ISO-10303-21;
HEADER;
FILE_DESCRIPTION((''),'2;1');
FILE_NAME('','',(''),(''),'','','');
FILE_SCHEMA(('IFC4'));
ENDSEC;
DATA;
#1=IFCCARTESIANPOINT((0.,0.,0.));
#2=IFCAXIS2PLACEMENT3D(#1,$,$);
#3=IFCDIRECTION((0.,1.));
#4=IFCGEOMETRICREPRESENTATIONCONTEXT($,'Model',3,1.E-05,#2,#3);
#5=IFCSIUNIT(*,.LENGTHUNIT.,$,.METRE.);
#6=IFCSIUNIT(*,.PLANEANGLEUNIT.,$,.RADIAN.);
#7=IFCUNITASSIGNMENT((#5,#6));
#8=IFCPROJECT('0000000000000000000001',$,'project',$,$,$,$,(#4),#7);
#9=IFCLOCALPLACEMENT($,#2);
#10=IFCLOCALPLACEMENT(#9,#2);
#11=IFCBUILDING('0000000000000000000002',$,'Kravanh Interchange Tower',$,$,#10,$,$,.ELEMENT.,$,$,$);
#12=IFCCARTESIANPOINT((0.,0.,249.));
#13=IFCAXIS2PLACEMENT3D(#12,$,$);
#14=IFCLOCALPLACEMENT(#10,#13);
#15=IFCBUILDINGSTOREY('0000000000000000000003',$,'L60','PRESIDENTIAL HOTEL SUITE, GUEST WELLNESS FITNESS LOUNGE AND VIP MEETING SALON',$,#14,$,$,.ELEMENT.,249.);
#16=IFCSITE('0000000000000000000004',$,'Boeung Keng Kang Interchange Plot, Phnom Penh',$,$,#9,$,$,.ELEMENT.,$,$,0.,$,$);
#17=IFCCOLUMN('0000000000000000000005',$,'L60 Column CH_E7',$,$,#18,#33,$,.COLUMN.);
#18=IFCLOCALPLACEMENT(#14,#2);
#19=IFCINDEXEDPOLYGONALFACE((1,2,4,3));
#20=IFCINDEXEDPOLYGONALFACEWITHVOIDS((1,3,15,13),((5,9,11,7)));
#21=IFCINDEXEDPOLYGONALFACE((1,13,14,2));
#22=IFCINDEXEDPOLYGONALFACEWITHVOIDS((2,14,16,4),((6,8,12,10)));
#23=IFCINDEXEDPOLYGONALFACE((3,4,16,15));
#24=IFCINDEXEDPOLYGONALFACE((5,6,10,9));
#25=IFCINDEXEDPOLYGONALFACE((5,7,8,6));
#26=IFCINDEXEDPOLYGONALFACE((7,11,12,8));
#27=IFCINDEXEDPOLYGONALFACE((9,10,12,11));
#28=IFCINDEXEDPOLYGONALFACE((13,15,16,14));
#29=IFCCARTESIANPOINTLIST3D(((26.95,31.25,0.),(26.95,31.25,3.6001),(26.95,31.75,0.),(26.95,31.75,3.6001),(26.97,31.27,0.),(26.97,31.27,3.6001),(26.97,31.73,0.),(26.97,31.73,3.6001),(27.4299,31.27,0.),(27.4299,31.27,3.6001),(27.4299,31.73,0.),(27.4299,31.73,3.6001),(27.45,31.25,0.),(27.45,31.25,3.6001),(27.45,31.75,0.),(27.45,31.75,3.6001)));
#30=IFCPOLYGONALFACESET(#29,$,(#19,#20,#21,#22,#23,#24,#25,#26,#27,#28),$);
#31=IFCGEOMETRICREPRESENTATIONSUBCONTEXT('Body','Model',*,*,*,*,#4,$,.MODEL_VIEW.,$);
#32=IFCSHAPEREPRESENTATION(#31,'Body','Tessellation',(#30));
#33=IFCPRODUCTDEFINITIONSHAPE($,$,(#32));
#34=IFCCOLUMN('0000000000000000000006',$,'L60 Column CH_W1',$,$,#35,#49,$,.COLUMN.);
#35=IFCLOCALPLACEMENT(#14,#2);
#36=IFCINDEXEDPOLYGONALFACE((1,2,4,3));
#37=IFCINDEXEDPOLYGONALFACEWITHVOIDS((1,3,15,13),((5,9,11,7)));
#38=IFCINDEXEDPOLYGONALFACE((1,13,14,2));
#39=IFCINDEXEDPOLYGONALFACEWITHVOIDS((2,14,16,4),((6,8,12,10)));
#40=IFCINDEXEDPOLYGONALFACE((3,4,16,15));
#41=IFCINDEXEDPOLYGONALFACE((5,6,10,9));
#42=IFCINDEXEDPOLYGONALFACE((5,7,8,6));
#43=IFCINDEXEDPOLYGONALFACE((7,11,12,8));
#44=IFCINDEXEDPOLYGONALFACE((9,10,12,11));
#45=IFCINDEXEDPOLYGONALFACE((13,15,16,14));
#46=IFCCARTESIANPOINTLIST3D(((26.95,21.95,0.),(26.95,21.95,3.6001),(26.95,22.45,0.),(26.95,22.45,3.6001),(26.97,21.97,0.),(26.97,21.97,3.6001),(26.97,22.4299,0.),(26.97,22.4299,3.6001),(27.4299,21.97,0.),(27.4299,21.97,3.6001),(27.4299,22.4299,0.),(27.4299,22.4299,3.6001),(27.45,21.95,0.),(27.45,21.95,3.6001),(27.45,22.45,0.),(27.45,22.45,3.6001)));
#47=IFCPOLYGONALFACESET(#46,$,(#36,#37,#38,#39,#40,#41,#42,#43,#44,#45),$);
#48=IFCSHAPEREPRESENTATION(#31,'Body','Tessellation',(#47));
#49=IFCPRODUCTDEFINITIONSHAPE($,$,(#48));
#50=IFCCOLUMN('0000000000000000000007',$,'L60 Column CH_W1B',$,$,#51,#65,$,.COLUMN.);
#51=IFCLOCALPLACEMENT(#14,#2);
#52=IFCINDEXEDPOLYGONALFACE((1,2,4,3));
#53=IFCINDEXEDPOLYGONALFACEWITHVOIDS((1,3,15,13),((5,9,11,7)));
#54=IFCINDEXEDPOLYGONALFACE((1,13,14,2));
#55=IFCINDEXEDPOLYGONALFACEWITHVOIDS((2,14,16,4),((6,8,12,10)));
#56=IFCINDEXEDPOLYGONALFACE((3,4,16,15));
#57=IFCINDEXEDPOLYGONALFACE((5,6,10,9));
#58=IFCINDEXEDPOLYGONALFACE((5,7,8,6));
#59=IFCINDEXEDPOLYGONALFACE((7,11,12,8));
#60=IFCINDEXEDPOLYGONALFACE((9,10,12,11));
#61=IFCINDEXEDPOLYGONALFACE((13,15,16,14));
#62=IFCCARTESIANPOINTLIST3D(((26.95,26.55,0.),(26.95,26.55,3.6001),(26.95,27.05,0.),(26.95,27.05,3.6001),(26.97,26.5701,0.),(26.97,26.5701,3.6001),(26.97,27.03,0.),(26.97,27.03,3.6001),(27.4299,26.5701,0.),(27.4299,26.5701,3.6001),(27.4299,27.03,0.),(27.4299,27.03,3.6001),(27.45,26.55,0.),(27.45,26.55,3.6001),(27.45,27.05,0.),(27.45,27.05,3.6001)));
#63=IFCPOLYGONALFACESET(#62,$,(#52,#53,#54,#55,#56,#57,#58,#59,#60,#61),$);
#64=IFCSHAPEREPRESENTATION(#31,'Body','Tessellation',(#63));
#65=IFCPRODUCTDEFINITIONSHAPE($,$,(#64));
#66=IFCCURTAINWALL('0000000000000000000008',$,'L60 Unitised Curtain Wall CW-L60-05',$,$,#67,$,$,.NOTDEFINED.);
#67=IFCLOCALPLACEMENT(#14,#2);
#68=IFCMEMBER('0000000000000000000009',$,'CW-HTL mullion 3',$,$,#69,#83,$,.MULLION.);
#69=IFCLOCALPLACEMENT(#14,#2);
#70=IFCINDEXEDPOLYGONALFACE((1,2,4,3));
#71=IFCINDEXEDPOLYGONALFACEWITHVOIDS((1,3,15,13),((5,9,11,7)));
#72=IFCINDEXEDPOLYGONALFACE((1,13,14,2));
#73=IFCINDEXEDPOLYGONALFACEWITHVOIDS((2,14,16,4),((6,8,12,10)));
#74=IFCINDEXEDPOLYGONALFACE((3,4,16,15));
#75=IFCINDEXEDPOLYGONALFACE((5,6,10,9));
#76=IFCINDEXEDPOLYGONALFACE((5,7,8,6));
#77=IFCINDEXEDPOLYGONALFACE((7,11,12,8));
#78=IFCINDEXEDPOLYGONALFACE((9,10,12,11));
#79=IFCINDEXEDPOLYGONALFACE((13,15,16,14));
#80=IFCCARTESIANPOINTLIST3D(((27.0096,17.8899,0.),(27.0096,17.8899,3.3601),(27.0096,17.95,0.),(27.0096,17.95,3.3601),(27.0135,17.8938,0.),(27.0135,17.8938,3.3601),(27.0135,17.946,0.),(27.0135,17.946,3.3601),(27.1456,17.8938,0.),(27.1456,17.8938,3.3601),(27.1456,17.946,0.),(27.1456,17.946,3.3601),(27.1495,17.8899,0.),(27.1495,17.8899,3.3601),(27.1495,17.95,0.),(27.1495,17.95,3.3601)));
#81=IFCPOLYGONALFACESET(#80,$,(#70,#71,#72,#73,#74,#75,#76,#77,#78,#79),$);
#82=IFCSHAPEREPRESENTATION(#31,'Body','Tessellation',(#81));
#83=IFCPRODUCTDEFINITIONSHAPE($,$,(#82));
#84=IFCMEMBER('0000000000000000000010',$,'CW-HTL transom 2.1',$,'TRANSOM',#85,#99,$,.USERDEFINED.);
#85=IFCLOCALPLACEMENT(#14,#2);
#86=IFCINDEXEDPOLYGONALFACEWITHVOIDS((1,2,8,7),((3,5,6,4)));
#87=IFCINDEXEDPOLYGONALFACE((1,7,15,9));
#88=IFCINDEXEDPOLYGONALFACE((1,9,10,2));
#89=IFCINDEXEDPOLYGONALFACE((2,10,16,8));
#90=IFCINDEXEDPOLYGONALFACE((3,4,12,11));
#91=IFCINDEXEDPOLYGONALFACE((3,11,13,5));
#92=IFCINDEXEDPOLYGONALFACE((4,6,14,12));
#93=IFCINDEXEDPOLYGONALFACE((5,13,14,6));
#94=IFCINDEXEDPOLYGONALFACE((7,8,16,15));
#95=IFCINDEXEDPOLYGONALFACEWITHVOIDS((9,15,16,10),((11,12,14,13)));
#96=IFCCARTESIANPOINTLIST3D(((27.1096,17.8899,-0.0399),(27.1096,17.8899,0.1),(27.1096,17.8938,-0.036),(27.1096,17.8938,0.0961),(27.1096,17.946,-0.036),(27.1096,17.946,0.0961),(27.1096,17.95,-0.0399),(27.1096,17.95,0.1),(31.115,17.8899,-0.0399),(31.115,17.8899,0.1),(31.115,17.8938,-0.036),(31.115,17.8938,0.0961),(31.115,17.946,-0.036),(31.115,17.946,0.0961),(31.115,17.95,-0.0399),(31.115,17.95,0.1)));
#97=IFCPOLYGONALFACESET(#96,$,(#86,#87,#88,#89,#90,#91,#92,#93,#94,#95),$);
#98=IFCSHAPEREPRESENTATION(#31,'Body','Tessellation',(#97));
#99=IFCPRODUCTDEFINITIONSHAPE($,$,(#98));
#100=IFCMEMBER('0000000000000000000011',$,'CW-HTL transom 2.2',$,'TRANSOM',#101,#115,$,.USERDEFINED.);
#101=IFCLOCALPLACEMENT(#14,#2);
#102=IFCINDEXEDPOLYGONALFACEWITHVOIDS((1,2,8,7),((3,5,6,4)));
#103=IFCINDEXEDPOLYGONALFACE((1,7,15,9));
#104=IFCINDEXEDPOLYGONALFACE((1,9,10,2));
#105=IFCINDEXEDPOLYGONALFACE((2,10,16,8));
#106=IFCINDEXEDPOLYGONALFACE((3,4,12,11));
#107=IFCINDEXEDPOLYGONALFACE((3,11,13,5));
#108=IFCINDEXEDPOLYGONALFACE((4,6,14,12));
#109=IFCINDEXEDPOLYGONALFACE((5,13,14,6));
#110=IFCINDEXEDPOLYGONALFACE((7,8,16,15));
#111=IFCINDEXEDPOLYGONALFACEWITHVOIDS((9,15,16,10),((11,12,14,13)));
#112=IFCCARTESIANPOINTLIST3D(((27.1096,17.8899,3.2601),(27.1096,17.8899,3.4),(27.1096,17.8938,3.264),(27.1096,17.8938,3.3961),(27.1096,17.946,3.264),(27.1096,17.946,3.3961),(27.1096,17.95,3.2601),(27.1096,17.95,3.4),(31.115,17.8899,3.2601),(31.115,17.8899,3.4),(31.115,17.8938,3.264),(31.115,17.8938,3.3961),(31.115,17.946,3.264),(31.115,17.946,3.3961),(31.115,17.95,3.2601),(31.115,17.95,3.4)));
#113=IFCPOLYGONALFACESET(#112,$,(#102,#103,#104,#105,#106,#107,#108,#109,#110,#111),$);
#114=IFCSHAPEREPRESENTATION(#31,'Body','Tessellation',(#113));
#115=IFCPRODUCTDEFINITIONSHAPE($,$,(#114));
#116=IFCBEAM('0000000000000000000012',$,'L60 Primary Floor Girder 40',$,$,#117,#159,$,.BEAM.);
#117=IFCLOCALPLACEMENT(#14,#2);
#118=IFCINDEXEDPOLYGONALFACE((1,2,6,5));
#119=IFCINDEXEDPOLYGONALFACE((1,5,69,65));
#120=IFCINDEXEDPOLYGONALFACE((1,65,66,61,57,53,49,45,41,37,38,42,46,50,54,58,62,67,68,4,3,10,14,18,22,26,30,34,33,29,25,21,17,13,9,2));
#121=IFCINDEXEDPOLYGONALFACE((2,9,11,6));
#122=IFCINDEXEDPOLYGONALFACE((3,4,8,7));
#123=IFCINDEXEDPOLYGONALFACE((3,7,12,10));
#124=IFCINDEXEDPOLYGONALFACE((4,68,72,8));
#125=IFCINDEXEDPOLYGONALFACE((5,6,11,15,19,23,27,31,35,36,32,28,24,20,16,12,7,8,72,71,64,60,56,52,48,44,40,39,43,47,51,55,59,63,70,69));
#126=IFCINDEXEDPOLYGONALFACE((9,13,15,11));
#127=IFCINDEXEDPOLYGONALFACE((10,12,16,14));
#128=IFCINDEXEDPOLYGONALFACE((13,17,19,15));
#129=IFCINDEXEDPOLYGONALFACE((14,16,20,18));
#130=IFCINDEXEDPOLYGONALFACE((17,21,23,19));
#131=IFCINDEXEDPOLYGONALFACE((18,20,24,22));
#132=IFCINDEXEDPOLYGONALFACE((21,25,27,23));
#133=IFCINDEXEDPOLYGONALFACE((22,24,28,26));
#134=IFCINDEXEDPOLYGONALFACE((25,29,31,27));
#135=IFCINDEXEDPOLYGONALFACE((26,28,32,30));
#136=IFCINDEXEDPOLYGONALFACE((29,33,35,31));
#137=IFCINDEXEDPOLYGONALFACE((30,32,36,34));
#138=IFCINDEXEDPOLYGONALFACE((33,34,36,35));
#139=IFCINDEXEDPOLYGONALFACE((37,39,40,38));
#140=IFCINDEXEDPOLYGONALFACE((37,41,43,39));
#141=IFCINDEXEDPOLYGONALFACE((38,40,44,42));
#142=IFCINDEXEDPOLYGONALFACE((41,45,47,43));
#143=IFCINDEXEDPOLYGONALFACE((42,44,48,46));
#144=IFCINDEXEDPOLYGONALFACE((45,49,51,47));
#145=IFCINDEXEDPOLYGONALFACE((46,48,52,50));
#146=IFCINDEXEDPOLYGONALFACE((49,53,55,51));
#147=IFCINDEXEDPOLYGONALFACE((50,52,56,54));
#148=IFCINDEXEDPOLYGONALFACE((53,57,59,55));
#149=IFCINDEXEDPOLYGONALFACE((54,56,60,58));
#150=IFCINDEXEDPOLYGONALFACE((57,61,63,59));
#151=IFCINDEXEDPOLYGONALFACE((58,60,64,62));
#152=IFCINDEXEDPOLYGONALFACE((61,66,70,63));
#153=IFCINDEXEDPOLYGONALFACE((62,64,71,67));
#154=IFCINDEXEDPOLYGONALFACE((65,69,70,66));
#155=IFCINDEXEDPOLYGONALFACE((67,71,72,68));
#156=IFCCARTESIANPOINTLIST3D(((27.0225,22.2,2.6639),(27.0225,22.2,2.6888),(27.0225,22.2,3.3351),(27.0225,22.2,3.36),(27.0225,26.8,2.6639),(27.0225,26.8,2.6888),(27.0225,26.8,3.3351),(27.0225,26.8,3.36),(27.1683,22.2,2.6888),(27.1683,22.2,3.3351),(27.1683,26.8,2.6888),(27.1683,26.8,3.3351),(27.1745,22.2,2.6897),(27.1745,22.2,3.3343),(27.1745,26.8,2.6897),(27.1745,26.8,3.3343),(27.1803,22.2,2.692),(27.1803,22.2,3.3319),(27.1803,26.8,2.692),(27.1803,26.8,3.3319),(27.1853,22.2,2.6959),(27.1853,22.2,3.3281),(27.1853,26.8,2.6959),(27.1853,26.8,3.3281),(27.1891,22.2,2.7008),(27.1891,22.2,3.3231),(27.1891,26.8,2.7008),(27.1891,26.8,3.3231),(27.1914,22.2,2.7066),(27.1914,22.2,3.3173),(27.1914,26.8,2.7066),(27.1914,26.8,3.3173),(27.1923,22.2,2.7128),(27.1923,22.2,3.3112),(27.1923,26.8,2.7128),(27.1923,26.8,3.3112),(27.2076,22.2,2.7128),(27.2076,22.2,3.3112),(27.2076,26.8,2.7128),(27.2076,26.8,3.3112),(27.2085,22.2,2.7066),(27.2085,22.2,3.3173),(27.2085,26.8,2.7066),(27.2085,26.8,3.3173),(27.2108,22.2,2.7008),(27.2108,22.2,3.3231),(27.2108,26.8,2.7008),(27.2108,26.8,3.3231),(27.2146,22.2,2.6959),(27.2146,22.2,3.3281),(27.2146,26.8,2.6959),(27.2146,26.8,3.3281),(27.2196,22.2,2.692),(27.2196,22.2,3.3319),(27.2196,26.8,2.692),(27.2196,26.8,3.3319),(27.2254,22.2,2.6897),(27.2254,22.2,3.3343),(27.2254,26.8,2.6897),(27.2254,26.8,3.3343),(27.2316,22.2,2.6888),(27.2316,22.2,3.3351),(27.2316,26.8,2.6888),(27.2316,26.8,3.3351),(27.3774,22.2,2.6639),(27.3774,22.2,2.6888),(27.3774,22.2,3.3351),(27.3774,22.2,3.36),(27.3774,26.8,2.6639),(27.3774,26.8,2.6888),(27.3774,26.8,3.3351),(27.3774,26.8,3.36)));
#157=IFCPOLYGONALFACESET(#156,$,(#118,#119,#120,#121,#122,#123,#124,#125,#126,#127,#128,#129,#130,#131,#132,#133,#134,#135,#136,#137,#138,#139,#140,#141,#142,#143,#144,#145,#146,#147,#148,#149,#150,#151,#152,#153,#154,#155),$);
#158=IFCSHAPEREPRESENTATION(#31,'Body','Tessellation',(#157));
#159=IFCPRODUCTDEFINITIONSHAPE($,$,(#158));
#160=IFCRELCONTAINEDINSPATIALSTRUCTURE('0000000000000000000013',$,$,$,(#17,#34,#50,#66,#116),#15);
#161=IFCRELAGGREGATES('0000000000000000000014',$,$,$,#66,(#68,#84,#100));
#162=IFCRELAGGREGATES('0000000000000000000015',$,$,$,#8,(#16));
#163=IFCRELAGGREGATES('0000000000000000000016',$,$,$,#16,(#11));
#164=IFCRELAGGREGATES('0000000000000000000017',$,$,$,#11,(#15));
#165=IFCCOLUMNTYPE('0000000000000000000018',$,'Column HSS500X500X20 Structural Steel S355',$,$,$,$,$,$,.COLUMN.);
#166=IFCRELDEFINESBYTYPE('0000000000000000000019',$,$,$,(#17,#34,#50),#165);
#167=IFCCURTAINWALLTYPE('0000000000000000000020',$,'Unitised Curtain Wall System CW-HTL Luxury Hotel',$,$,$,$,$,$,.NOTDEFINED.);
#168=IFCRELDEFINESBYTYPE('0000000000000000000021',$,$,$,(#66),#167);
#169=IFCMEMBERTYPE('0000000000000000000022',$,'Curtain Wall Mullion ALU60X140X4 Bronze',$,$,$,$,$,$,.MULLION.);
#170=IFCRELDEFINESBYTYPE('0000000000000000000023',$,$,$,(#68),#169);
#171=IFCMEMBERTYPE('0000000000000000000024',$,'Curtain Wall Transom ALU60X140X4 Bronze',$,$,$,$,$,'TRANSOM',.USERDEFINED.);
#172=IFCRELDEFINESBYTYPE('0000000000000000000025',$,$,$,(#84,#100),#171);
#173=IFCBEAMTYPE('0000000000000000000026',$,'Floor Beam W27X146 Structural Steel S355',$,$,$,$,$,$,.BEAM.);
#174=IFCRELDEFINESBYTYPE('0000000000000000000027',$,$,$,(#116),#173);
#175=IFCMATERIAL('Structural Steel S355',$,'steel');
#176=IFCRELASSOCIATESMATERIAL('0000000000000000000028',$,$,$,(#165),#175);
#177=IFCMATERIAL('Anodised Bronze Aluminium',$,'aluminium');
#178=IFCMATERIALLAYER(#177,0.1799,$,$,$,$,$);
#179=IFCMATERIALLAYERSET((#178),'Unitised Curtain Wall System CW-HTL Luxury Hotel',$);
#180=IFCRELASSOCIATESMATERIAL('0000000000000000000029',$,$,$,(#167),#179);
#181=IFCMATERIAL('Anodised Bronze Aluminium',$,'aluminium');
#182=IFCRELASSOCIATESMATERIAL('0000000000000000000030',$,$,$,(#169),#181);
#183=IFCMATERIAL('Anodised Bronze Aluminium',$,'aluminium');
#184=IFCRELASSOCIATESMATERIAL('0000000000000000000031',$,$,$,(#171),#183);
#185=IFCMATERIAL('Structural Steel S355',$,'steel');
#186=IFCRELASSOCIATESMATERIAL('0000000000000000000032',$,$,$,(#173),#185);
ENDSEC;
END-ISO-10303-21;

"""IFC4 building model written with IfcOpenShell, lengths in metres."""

from ifc_helpers import new_model, si_unit, direction, frame, origin, origin_2d, place, context, subcontext, project, spatial, hollow_rectangle, i_section, extrude, material, layer, layer_set, material_profile, profile_set, type_object, element, aggregate, save


model = new_model("IFC4")

# Units and contexts
model_context = context("Model", 3, precision=1e-05, world=origin(), true_north=direction((0.0, 1.0)))
body_context = subcontext(model_context, "Body", "Model", "MODEL_VIEW")
ifc_project = project(units=[si_unit("LENGTHUNIT", "METRE"), si_unit("PLANEANGLEUNIT", "RADIAN")], contexts=[model_context])

# Site, building, storey
site_placement = place(None, origin())
site = spatial("IfcSite", under=ifc_project, at=site_placement, Name="Boeung Keng Kang Interchange Plot, Phnom Penh", CompositionType="ELEMENT", RefElevation=0.0)
building_placement = place(site_placement, origin())
building = spatial("IfcBuilding", under=site, at=building_placement, Name="Kravanh Interchange Tower", CompositionType="ELEMENT")
storey_placement = place(building_placement, frame((0.0, 0.0, 249.0)))
storey = spatial("IfcBuildingStorey", under=building, at=storey_placement, Name="L60", Description="PRESIDENTIAL HOTEL SUITE, GUEST WELLNESS FITNESS LOUNGE AND VIP MEETING SALON", CompositionType="ELEMENT", Elevation=249.0)

# Columns
ifc_material_1 = material(Name="Structural Steel S355", Category="steel")
ifc_material_profile_1 = material_profile(ifc_material_1, hollow_rectangle(XDim=0.5, YDim=0.5, WallThickness=0.02, at=origin_2d()), Name="HSS500X500X20")
ifc_profile_set_1 = profile_set([ifc_material_profile_1], Name="Structural Steel S355")
column_type = type_object("IfcColumnType", Name="Column HSS500X500X20 Structural Steel S355", PredefinedType="COLUMN", material=ifc_profile_set_1)
for number, where, z_axis, x_axis, name in (
    (1, (27.2, 31.5, 0.0), (0.0, 0.0, 1.0), (1.0, 0.0, 0.0), "L60 Column CH_E7"),
    (2, (27.2, 22.2, 0.0), (0.0, 0.0, 1.0), (1.0, 0.0, 0.0), "L60 Column CH_W1"),
    (3, (27.2, 26.8, 0.0), (0.0, 0.0, 1.0), (1.0, 0.0, 0.0), "L60 Column CH_W1B"),
):
    element("IfcColumn", number, at=place(storey_placement, frame(where, z_axis=z_axis, x_axis=x_axis)), inside=storey, type_object=column_type, Name=name, PredefinedType="COLUMN", context=body_context, shape_type="SweptSolid", body=[
        extrude(hollow_rectangle(XDim=0.5, YDim=0.5, WallThickness=0.02, at=origin_2d()), origin(), (0.0, 0.0, 1.0), 3.6001),
    ])

# Curtain wall, members
ifc_material_2 = material(Name="Anodised Bronze Aluminium", Category="aluminium")
ifc_layer_1 = layer(ifc_material_2, 0.1799)
ifc_layer_set_1 = layer_set([ifc_layer_1], Name="Unitised Curtain Wall System CW-HTL Luxury Hotel")
curtain_wall_type = type_object("IfcCurtainWallType", Name="Unitised Curtain Wall System CW-HTL Luxury Hotel", PredefinedType="NOTDEFINED", material=ifc_layer_set_1)
curtain_wall_placement = place(storey_placement, origin())
curtain_wall = element("IfcCurtainWall", 4, at=curtain_wall_placement, inside=storey, type_object=curtain_wall_type, Name="L60 Unitised Curtain Wall CW-L60-05", PredefinedType="NOTDEFINED")
ifc_material_3 = material(Name="Anodised Bronze Aluminium", Category="aluminium")
ifc_material_profile_2 = material_profile(ifc_material_3, hollow_rectangle(XDim=0.0601, YDim=0.1399, WallThickness=0.0039, at=origin_2d()), Name="ALU60X140X4")
ifc_profile_set_2 = profile_set([ifc_material_profile_2], Name="Anodised Bronze Aluminium")
member_type_1 = type_object("IfcMemberType", Name="Curtain Wall Mullion ALU60X140X4 Bronze", PredefinedType="MULLION", material=ifc_profile_set_2)
member_1_placement = place(storey_placement, frame((27.0796, 17.9199, 0.0), z_axis=(0.0, 0.0, 1.0), x_axis=(0.0, -1.0, 0.0)))
member_1 = element("IfcMember", 5, at=member_1_placement, type_object=member_type_1, Name="CW-HTL mullion 3", PredefinedType="MULLION", context=body_context, shape_type="SweptSolid", body=[
    extrude(hollow_rectangle(XDim=0.0601, YDim=0.1399, WallThickness=0.0039, at=origin_2d()), origin(), (0.0, 0.0, 1.0), 3.3601),
])
ifc_material_4 = material(Name="Anodised Bronze Aluminium", Category="aluminium")
ifc_material_profile_3 = material_profile(ifc_material_4, hollow_rectangle(XDim=0.0601, YDim=0.1399, WallThickness=0.0039, at=origin_2d()), Name="ALU60X140X4")
ifc_profile_set_3 = profile_set([ifc_material_profile_3], Name="Anodised Bronze Aluminium")
member_type_2 = type_object("IfcMemberType", Name="Curtain Wall Transom ALU60X140X4 Bronze", ElementType="TRANSOM", PredefinedType="USERDEFINED", material=ifc_profile_set_3)
member_2_placement = place(storey_placement, frame((31.115, 17.9199, 0.03), z_axis=(-1.0, 0.0, 0.0), x_axis=(0.0, -1.0, 0.0)))
member_2 = element("IfcMember", 6, at=member_2_placement, type_object=member_type_2, Name="CW-HTL transom 2.1", ObjectType="TRANSOM", PredefinedType="USERDEFINED", context=body_context, shape_type="SweptSolid", body=[
    extrude(hollow_rectangle(XDim=0.0601, YDim=0.1399, WallThickness=0.0039, at=origin_2d()), origin(), (0.0, 0.0, 1.0), 4.0054),
])
member_3_placement = place(storey_placement, frame((31.115, 17.9199, 3.3301), z_axis=(-1.0, 0.0, 0.0), x_axis=(0.0, -1.0, 0.0)))
member_3 = element("IfcMember", 7, at=member_3_placement, type_object=member_type_2, Name="CW-HTL transom 2.2", ObjectType="TRANSOM", PredefinedType="USERDEFINED", context=body_context, shape_type="SweptSolid", body=[
    extrude(hollow_rectangle(XDim=0.0601, YDim=0.1399, WallThickness=0.0039, at=origin_2d()), origin(), (0.0, 0.0, 1.0), 4.0054),
])

# Beam
ifc_material_5 = material(Name="Structural Steel S355", Category="steel")
ifc_material_profile_4 = material_profile(ifc_material_5, i_section(OverallWidth=0.355, OverallDepth=0.696, WebThickness=0.0154, FlangeThickness=0.0249, FilletRadius=0.0239, at=origin_2d()), Name="W27X146")
ifc_profile_set_4 = profile_set([ifc_material_profile_4], Name="Structural Steel S355")
beam_type_1 = type_object("IfcBeamType", Name="Floor Beam W27X146 Structural Steel S355", PredefinedType="BEAM", material=ifc_profile_set_4)
beam_1_placement = place(storey_placement, frame((27.2, 22.2, 3.012), z_axis=(0.0, 1.0, 0.0), x_axis=(-1.0, 0.0, 0.0)))
element("IfcBeam", 8, at=beam_1_placement, inside=storey, type_object=beam_type_1, Name="L60 Primary Floor Girder 40", PredefinedType="BEAM", context=body_context, shape_type="SweptSolid", body=[
    extrude(i_section(OverallWidth=0.355, OverallDepth=0.696, WebThickness=0.0154, FlangeThickness=0.0249, FilletRadius=0.0239, at=origin_2d()), origin(), (0.0, 0.0, 1.0), 4.6001),
])

aggregate(curtain_wall, [member_1, member_2, member_3])

save(model, "model.ifc")
